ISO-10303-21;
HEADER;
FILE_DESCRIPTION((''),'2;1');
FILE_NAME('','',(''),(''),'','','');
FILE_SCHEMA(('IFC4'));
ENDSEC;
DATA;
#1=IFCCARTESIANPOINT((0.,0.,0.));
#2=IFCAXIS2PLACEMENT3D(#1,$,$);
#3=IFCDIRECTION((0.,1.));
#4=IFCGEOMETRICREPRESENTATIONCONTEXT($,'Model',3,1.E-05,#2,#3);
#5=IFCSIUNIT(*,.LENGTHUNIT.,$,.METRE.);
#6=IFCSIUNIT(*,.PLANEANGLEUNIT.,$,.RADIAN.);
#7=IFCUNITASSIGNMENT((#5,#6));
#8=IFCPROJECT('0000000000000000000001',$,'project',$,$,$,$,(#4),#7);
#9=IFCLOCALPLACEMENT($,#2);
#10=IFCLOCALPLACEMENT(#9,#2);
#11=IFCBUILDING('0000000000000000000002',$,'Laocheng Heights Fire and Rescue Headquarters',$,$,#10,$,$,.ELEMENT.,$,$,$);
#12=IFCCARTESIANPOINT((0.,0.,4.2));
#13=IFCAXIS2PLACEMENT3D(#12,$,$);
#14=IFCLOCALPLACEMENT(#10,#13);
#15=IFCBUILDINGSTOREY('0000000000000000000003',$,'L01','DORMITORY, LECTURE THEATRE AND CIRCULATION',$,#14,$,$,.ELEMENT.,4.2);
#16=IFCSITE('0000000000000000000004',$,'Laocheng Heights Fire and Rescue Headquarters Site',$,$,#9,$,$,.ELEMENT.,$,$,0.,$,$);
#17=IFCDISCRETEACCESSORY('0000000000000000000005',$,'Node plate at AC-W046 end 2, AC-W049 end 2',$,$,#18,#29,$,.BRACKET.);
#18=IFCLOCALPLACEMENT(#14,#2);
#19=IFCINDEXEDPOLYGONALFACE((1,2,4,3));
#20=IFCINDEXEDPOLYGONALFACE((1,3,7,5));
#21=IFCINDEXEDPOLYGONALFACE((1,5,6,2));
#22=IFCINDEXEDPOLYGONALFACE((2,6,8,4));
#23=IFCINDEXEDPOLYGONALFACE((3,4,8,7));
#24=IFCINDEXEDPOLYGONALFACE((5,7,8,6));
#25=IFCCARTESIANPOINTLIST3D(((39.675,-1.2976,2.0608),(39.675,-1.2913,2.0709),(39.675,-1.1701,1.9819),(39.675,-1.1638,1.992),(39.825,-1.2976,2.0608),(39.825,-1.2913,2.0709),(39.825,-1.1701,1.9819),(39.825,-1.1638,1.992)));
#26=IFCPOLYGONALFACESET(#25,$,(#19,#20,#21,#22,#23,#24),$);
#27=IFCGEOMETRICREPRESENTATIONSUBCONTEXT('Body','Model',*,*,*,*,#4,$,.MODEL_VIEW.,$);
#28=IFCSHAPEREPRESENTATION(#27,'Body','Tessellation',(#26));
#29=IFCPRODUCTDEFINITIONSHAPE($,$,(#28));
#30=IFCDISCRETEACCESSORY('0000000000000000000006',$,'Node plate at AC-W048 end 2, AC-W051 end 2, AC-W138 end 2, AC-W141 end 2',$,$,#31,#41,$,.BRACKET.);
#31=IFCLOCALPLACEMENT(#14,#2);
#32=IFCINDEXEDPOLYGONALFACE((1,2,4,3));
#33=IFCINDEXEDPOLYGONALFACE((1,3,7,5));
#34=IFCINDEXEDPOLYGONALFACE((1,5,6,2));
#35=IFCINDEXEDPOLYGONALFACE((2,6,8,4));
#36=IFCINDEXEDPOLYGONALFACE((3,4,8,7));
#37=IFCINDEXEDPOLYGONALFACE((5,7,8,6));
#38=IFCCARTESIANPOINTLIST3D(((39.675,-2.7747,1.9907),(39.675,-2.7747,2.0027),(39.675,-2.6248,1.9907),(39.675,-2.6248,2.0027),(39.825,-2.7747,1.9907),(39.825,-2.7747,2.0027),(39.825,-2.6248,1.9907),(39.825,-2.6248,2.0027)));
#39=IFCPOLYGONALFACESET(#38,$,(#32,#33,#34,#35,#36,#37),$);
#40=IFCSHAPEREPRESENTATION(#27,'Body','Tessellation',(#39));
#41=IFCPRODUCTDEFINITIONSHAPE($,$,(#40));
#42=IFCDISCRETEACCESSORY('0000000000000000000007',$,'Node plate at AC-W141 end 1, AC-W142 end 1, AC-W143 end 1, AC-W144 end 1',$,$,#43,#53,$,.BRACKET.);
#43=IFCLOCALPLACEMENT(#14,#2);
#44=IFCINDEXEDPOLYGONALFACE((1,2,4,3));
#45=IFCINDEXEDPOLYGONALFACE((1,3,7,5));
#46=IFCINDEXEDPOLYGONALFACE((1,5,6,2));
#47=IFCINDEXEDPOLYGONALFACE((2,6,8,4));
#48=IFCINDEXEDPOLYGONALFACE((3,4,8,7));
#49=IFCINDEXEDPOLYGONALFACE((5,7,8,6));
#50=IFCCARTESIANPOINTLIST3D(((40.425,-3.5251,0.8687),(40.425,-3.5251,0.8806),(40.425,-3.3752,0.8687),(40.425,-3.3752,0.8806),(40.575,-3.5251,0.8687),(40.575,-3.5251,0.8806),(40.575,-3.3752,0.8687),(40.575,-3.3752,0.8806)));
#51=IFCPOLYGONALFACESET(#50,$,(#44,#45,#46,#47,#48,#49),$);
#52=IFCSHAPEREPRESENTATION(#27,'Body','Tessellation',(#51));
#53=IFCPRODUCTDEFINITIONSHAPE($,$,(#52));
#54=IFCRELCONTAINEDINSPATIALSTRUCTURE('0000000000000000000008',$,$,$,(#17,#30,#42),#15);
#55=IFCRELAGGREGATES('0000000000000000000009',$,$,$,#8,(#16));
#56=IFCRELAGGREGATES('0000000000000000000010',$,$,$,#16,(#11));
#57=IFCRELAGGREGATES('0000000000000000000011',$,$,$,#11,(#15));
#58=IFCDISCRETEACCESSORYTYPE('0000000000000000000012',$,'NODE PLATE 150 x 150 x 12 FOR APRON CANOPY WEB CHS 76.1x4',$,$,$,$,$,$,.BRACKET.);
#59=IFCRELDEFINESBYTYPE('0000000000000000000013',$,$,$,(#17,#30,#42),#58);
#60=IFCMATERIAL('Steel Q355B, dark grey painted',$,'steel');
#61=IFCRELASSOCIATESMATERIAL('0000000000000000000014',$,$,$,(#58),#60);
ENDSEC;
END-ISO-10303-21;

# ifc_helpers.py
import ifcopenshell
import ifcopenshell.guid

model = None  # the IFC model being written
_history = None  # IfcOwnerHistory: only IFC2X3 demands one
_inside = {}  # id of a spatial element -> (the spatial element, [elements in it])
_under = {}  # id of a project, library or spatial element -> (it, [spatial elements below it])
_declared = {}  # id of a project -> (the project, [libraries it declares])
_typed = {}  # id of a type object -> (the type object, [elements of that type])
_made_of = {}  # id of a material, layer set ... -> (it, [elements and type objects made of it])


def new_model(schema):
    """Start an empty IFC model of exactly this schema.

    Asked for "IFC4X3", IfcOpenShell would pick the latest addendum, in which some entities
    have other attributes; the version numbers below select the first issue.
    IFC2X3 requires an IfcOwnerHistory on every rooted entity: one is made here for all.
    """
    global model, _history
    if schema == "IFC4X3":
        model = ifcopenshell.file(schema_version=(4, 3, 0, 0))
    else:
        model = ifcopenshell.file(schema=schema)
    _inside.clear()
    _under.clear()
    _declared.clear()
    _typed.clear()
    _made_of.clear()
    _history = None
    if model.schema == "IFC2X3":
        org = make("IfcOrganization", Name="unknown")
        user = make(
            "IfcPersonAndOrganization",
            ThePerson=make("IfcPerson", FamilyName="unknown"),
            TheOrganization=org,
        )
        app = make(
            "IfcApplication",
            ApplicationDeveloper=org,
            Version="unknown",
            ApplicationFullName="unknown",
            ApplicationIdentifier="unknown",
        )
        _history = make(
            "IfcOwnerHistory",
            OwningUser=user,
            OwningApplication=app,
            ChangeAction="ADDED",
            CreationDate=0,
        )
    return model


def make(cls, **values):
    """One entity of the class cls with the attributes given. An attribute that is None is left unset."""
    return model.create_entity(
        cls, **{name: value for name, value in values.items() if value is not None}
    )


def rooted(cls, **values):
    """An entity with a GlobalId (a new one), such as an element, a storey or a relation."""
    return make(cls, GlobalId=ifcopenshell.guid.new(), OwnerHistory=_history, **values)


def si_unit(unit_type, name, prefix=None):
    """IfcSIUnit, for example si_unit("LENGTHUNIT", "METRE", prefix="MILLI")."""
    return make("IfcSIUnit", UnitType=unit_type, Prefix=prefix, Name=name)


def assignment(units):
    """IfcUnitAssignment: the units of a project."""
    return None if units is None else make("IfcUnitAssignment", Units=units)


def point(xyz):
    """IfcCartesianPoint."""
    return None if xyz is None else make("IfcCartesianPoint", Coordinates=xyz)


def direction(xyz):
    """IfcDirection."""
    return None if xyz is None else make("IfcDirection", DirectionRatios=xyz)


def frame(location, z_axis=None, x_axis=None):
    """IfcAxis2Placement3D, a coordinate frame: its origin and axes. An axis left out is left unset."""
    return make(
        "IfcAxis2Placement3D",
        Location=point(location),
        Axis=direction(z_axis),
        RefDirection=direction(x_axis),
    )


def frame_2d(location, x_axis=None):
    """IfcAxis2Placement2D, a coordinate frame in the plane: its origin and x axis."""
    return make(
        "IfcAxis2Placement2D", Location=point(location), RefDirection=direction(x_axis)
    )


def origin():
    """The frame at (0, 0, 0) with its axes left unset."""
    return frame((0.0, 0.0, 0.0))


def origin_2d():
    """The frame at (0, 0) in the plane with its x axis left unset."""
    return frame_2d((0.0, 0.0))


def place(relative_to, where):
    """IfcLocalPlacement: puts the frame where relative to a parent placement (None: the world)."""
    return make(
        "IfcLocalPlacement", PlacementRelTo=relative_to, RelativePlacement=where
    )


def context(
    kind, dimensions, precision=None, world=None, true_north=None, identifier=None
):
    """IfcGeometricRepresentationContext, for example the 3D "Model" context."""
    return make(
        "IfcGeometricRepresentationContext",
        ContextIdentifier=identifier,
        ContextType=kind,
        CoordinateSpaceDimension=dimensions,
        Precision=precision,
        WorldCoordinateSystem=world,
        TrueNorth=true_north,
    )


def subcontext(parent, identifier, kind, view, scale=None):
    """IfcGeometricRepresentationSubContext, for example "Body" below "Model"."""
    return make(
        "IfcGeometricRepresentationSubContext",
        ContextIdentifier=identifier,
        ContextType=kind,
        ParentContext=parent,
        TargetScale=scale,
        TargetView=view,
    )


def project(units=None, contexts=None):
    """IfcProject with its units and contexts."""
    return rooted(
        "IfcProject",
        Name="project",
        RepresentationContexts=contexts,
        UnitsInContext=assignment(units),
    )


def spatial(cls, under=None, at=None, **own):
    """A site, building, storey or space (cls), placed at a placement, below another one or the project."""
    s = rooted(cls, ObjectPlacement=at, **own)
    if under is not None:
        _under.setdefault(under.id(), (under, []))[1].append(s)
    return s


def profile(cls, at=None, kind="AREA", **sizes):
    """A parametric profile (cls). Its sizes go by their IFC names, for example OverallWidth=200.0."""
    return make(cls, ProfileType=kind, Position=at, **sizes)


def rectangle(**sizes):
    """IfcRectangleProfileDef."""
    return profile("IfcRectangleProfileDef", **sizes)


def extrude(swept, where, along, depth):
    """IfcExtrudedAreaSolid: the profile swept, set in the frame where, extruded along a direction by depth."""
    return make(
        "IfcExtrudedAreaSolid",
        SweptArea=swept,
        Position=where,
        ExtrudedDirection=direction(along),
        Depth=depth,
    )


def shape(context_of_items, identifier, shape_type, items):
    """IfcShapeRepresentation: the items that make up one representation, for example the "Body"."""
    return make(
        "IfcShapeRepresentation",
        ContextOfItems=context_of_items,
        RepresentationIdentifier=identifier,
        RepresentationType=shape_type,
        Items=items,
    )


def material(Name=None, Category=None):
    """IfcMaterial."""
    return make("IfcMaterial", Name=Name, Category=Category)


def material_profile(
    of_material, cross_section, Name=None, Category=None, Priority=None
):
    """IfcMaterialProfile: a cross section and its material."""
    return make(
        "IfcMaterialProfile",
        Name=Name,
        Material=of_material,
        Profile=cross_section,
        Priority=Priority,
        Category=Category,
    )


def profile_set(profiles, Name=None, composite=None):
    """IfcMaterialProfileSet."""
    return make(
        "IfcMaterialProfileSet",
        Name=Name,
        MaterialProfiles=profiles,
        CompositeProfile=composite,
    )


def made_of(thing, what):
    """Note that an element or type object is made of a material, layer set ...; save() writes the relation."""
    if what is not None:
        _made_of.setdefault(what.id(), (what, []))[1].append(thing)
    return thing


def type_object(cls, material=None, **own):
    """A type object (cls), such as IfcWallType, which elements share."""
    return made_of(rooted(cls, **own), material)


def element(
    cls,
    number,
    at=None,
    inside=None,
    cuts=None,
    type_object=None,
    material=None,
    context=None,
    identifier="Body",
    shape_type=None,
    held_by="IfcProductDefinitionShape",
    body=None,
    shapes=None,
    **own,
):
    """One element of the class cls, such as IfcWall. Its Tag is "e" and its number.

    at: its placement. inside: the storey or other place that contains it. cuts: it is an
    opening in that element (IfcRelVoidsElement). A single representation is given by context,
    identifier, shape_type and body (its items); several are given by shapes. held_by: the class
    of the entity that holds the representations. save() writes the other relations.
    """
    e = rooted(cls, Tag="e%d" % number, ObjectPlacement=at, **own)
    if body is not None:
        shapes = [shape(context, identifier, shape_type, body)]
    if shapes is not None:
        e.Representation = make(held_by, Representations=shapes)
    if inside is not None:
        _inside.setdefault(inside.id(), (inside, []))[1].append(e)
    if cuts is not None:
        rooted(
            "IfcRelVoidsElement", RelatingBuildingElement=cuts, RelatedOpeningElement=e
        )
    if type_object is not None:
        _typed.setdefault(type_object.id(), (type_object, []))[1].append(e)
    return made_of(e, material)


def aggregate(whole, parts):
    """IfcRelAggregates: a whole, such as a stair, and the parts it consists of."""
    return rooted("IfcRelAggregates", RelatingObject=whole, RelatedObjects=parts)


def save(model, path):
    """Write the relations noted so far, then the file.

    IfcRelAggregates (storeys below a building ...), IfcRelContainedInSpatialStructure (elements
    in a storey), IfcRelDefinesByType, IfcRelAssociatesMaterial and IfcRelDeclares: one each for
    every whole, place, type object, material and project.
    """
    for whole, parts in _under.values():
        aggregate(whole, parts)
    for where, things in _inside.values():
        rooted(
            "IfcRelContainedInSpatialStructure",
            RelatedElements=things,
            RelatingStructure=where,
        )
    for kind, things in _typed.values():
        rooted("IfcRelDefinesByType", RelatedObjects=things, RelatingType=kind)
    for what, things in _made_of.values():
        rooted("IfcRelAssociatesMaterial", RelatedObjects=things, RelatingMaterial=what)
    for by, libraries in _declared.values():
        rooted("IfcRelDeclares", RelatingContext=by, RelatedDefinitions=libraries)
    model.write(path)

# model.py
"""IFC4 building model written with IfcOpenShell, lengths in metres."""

from ifc_helpers import new_model, si_unit, direction, frame, origin, origin_2d, place, context, subcontext, project, spatial, rectangle, extrude, material, material_profile, profile_set, type_object, element, save


model = new_model("IFC4")

# Units and contexts
model_context = context("Model", 3, precision=1e-05, world=origin(), true_north=direction((0.0, 1.0)))
body_context = subcontext(model_context, "Body", "Model", "MODEL_VIEW")
ifc_project = project(units=[si_unit("LENGTHUNIT", "METRE"), si_unit("PLANEANGLEUNIT", "RADIAN")], contexts=[model_context])

# Site, building, storey
site_placement = place(None, origin())
site = spatial("IfcSite", under=ifc_project, at=site_placement, Name="Laocheng Heights Fire and Rescue Headquarters Site", CompositionType="ELEMENT", RefElevation=0.0)
building_placement = place(site_placement, origin())
building = spatial("IfcBuilding", under=site, at=building_placement, Name="Laocheng Heights Fire and Rescue Headquarters", CompositionType="ELEMENT")
storey_placement = place(building_placement, frame((0.0, 0.0, 4.2)))
storey = spatial("IfcBuildingStorey", under=building, at=storey_placement, Name="L01", Description="DORMITORY, LECTURE THEATRE AND CIRCULATION", CompositionType="ELEMENT", Elevation=4.2)

# Discrete accessories
ifc_material_1 = material(Name="Steel Q355B, dark grey painted", Category="steel")
ifc_material_profile_1 = material_profile(ifc_material_1, rectangle(XDim=0.1499, YDim=0.1499, at=origin_2d()), Name="NODE PLATE 150 x 150 x 12 FOR APRON CANOPY WEB CHS 76.1x4")
ifc_profile_set_1 = profile_set([ifc_material_profile_1], Name="Steel Q355B, dark grey painted")
discrete_accessory_type = type_object("IfcDiscreteAccessoryType", Name="NODE PLATE 150 x 150 x 12 FOR APRON CANOPY WEB CHS 76.1x4", PredefinedType="BRACKET", material=ifc_profile_set_1)
for number, where, z_axis, x_axis, name in (
    (1, (39.75, -1.2275, 2.0315), (0.0, -0.526355, -0.850265), (1.0, 0.0, 0.0), "Node plate at AC-W046 end 2, AC-W049 end 2"),
    (2, (39.75, -2.6997, 2.0027), (0.0, 0.0, -1.0), (1.0, 0.0, 0.0), "Node plate at AC-W048 end 2, AC-W051 end 2, AC-W138 end 2, AC-W141 end 2"),
    (3, (40.5, -3.4502, 0.8687), (0.0, 0.0, 1.0), (1.0, 0.0, 0.0), "Node plate at AC-W141 end 1, AC-W142 end 1, AC-W143 end 1, AC-W144 end 1"),
):
    element("IfcDiscreteAccessory", number, at=place(storey_placement, frame(where, z_axis=z_axis, x_axis=x_axis)), inside=storey, type_object=discrete_accessory_type, Name=name, PredefinedType="BRACKET", context=body_context, shape_type="SweptSolid", body=[
        extrude(rectangle(XDim=0.1499, YDim=0.1499, at=origin_2d()), origin(), (0.0, 0.0, 1.0), 0.012),
    ])

save(model, "model.ifc")
